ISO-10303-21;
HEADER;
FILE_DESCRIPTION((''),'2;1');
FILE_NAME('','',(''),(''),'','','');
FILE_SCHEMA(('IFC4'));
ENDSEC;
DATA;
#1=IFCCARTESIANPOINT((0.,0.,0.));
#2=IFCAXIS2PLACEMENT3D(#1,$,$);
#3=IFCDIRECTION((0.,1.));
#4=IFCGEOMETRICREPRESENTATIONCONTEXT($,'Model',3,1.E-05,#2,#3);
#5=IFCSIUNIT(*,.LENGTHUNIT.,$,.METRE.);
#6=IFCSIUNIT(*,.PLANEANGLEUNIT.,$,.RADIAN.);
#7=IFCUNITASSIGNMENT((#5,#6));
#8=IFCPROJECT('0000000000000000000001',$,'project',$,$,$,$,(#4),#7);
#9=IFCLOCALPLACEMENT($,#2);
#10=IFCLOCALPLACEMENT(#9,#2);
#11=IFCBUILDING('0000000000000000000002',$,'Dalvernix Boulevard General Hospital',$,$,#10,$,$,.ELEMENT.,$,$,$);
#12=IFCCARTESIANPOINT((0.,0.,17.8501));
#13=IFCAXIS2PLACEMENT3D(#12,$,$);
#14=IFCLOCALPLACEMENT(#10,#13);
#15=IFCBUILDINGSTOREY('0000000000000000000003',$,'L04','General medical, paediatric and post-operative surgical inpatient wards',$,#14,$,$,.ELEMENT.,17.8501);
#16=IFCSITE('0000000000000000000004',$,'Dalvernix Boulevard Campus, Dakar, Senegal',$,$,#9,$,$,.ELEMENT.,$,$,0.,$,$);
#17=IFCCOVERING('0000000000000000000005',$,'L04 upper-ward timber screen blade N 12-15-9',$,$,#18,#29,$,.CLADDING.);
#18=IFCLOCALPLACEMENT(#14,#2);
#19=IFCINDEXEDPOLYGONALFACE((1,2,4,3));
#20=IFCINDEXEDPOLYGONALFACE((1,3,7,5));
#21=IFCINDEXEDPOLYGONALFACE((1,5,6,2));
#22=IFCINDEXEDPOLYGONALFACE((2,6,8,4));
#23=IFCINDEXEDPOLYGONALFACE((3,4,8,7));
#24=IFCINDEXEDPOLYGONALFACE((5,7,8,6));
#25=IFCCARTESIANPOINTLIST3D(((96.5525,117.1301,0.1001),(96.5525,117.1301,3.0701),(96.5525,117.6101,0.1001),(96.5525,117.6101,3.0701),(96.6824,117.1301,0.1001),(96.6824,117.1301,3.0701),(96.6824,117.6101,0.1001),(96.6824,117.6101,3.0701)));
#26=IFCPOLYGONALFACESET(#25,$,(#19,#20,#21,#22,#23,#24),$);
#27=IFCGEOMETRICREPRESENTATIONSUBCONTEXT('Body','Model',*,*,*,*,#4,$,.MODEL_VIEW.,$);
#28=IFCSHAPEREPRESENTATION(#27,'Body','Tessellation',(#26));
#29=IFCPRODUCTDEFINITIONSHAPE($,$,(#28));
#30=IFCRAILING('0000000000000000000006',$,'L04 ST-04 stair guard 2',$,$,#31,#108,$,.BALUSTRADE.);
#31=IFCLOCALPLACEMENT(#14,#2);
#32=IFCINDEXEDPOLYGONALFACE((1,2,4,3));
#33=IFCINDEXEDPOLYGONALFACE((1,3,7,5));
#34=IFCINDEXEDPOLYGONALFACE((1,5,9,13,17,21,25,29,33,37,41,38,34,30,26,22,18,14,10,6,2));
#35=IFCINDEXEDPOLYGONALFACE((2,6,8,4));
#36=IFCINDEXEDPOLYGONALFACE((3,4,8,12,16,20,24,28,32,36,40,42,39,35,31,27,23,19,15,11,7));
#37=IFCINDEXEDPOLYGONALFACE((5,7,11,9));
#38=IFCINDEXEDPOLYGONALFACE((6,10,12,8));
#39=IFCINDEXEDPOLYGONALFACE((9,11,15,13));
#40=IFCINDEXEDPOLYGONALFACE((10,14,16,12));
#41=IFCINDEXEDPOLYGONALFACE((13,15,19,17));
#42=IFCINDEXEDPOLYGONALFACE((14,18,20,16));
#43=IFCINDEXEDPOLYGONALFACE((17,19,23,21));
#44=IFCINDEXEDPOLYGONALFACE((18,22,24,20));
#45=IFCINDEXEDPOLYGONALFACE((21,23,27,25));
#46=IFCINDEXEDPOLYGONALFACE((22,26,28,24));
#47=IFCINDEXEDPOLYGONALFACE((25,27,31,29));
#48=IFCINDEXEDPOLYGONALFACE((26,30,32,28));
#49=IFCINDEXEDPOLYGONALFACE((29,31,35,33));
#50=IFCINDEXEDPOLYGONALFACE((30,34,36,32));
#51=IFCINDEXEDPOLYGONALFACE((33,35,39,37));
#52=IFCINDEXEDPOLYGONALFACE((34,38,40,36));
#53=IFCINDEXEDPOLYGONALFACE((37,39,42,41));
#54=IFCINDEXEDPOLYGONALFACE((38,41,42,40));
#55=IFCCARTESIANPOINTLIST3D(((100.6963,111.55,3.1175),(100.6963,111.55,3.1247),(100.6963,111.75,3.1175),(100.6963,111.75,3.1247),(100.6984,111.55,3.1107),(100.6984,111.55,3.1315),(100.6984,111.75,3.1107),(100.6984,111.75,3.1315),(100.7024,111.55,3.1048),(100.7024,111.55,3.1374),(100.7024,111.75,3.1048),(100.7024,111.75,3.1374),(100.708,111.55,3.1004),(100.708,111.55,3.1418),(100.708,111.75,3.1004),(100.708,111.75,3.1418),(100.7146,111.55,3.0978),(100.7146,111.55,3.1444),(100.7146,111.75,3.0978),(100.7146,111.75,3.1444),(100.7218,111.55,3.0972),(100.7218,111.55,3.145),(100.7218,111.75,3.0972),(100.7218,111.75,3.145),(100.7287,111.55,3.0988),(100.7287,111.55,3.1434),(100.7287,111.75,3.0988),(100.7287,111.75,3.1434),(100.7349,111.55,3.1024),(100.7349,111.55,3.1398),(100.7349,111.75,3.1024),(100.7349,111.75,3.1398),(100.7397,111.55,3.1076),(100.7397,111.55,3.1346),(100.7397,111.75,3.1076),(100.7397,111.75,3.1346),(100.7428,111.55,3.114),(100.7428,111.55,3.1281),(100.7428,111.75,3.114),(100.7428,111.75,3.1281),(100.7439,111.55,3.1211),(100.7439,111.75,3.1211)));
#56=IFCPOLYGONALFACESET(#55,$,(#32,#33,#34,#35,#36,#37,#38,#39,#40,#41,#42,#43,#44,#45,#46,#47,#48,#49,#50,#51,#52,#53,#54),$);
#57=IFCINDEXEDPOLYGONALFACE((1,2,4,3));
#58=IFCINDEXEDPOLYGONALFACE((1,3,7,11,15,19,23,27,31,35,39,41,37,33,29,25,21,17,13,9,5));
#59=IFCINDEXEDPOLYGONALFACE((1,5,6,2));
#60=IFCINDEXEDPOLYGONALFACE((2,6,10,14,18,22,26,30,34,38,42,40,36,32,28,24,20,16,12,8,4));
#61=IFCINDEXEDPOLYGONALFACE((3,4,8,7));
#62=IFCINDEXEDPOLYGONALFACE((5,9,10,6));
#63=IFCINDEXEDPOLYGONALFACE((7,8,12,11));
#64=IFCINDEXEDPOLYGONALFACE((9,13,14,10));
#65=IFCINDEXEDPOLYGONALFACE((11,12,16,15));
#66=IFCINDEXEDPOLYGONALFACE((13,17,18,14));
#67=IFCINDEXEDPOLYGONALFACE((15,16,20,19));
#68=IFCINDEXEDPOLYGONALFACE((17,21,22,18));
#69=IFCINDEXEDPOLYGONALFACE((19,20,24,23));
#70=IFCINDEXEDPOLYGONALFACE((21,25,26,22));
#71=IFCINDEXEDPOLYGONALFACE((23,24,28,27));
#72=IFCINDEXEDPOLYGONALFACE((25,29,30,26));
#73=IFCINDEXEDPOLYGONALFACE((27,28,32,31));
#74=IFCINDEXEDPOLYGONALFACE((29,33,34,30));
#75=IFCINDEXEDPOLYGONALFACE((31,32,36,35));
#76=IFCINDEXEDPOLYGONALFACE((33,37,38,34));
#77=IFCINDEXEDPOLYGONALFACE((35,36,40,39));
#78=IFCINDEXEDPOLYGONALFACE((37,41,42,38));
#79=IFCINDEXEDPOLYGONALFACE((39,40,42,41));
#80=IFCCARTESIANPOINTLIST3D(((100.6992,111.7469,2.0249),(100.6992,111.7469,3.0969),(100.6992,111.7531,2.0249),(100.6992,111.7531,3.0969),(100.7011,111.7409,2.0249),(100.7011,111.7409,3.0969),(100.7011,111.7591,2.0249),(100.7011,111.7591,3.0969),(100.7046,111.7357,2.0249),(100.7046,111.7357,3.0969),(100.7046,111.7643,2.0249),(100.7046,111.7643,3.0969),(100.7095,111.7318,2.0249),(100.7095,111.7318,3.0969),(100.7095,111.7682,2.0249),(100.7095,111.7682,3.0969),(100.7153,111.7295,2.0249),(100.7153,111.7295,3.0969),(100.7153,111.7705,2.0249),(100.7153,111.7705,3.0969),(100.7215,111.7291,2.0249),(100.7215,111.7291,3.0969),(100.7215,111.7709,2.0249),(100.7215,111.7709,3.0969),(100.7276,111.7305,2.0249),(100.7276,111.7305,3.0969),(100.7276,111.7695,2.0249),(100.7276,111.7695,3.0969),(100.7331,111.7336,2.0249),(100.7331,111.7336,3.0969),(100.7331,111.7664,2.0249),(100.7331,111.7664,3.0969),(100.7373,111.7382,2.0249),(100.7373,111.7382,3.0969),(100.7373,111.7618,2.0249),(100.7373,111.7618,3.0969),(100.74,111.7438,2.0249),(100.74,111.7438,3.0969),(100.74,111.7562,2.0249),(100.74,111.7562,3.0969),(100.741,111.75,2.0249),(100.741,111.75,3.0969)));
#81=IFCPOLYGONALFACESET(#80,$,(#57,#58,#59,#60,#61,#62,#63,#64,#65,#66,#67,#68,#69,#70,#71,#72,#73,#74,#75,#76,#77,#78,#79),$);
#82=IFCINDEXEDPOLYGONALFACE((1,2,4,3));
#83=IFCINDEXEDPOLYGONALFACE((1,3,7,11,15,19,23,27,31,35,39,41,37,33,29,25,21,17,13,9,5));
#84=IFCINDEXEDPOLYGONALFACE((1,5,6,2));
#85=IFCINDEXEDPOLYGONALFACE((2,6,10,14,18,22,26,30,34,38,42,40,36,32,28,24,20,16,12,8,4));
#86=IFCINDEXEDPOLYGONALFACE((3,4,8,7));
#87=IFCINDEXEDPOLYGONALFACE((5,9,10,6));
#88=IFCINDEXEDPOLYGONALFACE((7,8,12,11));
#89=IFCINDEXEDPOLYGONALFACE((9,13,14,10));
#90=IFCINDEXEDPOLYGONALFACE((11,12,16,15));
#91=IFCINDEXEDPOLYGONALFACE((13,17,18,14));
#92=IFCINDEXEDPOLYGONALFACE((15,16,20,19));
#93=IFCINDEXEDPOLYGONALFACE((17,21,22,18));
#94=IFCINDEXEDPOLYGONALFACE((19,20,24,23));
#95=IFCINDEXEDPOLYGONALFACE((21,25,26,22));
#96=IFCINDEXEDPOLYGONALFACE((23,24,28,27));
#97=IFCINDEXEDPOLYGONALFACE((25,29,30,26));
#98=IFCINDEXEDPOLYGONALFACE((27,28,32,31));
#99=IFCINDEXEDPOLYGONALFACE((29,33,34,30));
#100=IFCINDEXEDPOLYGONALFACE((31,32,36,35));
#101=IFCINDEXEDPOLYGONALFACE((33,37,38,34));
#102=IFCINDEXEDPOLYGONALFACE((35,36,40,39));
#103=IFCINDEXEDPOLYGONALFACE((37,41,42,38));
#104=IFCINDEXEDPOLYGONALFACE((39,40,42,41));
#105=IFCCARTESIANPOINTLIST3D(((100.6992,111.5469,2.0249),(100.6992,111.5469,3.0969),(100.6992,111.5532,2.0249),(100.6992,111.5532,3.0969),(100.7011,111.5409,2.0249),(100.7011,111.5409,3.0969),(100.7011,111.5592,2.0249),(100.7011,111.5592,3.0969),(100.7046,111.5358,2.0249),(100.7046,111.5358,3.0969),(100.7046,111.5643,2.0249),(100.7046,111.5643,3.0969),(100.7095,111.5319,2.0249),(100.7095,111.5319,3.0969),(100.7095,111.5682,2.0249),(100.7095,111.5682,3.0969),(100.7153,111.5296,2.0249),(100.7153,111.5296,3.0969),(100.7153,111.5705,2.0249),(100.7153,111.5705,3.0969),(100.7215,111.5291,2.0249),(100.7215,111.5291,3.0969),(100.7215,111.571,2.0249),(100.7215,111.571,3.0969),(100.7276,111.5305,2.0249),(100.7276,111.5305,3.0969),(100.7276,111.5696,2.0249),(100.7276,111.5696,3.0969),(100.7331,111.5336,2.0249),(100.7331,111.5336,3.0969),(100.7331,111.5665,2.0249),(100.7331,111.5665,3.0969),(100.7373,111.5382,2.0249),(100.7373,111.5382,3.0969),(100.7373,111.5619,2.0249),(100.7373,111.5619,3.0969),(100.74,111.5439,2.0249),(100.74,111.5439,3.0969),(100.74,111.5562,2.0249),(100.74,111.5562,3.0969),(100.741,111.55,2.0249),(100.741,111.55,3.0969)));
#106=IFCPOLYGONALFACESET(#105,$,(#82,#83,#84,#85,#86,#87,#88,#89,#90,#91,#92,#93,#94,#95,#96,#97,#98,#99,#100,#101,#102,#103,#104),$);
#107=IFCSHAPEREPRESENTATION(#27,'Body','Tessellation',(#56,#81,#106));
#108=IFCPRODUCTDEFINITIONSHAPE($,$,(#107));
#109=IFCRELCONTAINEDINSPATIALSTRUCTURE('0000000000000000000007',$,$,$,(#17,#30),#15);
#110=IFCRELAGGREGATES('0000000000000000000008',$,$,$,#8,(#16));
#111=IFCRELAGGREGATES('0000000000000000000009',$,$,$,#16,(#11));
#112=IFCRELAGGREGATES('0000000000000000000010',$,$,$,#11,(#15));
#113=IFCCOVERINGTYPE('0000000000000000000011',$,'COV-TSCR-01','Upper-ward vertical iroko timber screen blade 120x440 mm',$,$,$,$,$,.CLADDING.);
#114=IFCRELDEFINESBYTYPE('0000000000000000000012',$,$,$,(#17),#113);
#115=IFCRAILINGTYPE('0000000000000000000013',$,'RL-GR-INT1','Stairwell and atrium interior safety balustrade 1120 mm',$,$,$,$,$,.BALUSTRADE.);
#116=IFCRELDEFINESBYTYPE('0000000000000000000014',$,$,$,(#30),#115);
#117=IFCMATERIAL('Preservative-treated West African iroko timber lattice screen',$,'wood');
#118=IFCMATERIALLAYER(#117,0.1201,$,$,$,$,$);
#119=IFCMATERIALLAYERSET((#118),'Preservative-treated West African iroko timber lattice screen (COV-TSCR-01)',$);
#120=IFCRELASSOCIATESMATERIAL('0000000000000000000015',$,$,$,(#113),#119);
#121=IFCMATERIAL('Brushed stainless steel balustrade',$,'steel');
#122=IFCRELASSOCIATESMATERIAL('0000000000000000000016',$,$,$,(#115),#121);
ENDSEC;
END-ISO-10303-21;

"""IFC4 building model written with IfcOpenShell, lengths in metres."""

from ifc_helpers import new_model, si_unit, direction, frame, origin, origin_2d, place, context, subcontext, project, spatial, rectangle, circle, extrude, material, layer, layer_set, type_object, element, save


model = new_model("IFC4")

# Units and contexts
model_context = context("Model", 3, precision=1e-05, world=origin(), true_north=direction((0.0, 1.0)))
body_context = subcontext(model_context, "Body", "Model", "MODEL_VIEW")
ifc_project = project(units=[si_unit("LENGTHUNIT", "METRE"), si_unit("PLANEANGLEUNIT", "RADIAN")], contexts=[model_context])

# Site, building, storey
site_placement = place(None, origin())
site = spatial("IfcSite", under=ifc_project, at=site_placement, Name="Dalvernix Boulevard Campus, Dakar, Senegal", CompositionType="ELEMENT", RefElevation=0.0)
building_placement = place(site_placement, origin())
building = spatial("IfcBuilding", under=site, at=building_placement, Name="Dalvernix Boulevard General Hospital", CompositionType="ELEMENT")
storey_placement = place(building_placement, frame((0.0, 0.0, 17.8501)))
storey = spatial("IfcBuildingStorey", under=building, at=storey_placement, Name="L04", Description="General medical, paediatric and post-operative surgical inpatient wards", CompositionType="ELEMENT", Elevation=17.8501)

# Covering
ifc_material_1 = material(Name="Preservative-treated West African iroko timber lattice screen", Category="wood")
ifc_layer_1 = layer(ifc_material_1, 0.1201)
ifc_layer_set_1 = layer_set([ifc_layer_1], Name="Preservative-treated West African iroko timber lattice screen (COV-TSCR-01)")
covering_type_1 = type_object("IfcCoveringType", Name="COV-TSCR-01", Description="Upper-ward vertical iroko timber screen blade 120x440 mm", PredefinedType="CLADDING", material=ifc_layer_set_1)
for number, where, z_axis, x_axis, name in (
    (1, (96.6174, 117.3701, 0.1001), (0.0, 0.0, 1.0), (1.0, 0.0, 0.0), "L04 upper-ward timber screen blade N 12-15-9"),
):
    element("IfcCovering", number, at=place(storey_placement, frame(where, z_axis=z_axis, x_axis=x_axis)), inside=storey, type_object=covering_type_1, Name=name, PredefinedType="CLADDING", context=body_context, shape_type="SweptSolid", body=[
        extrude(rectangle(XDim=0.1299, YDim=0.48, at=origin_2d()), origin(), (0.0, 0.0, 1.0), 2.97),
    ])

# Railing
ifc_material_2 = material(Name="Brushed stainless steel balustrade", Category="steel")
railing_type_1 = type_object("IfcRailingType", Name="RL-GR-INT1", Description="Stairwell and atrium interior safety balustrade 1120 mm", PredefinedType="BALUSTRADE", material=ifc_material_2)
railing_1_placement = place(storey_placement, frame((100.72, 111.75, 2.0249)))
element("IfcRailing", 2, at=railing_1_placement, inside=storey, type_object=railing_type_1, Name="L04 ST-04 stair guard 2", PredefinedType="BALUSTRADE", context=body_context, shape_type="SweptSolid", body=[
    extrude(circle(Radius=0.0239, at=origin_2d()), frame((0.0, 0.0, 1.0962), z_axis=(0.0, -1.0, 0.0), x_axis=(1.0, 0.0, 0.0)), (0.0, 0.0, 1.0), 0.2),
    extrude(circle(Radius=0.021, at=origin_2d()), origin(), (0.0, 0.0, 1.0), 1.072),
    extrude(circle(Radius=0.021, at=origin_2d()), frame((0.0, -0.2, 0.0)), (0.0, 0.0, 1.0), 1.072),
])

save(model, "model.ifc")
